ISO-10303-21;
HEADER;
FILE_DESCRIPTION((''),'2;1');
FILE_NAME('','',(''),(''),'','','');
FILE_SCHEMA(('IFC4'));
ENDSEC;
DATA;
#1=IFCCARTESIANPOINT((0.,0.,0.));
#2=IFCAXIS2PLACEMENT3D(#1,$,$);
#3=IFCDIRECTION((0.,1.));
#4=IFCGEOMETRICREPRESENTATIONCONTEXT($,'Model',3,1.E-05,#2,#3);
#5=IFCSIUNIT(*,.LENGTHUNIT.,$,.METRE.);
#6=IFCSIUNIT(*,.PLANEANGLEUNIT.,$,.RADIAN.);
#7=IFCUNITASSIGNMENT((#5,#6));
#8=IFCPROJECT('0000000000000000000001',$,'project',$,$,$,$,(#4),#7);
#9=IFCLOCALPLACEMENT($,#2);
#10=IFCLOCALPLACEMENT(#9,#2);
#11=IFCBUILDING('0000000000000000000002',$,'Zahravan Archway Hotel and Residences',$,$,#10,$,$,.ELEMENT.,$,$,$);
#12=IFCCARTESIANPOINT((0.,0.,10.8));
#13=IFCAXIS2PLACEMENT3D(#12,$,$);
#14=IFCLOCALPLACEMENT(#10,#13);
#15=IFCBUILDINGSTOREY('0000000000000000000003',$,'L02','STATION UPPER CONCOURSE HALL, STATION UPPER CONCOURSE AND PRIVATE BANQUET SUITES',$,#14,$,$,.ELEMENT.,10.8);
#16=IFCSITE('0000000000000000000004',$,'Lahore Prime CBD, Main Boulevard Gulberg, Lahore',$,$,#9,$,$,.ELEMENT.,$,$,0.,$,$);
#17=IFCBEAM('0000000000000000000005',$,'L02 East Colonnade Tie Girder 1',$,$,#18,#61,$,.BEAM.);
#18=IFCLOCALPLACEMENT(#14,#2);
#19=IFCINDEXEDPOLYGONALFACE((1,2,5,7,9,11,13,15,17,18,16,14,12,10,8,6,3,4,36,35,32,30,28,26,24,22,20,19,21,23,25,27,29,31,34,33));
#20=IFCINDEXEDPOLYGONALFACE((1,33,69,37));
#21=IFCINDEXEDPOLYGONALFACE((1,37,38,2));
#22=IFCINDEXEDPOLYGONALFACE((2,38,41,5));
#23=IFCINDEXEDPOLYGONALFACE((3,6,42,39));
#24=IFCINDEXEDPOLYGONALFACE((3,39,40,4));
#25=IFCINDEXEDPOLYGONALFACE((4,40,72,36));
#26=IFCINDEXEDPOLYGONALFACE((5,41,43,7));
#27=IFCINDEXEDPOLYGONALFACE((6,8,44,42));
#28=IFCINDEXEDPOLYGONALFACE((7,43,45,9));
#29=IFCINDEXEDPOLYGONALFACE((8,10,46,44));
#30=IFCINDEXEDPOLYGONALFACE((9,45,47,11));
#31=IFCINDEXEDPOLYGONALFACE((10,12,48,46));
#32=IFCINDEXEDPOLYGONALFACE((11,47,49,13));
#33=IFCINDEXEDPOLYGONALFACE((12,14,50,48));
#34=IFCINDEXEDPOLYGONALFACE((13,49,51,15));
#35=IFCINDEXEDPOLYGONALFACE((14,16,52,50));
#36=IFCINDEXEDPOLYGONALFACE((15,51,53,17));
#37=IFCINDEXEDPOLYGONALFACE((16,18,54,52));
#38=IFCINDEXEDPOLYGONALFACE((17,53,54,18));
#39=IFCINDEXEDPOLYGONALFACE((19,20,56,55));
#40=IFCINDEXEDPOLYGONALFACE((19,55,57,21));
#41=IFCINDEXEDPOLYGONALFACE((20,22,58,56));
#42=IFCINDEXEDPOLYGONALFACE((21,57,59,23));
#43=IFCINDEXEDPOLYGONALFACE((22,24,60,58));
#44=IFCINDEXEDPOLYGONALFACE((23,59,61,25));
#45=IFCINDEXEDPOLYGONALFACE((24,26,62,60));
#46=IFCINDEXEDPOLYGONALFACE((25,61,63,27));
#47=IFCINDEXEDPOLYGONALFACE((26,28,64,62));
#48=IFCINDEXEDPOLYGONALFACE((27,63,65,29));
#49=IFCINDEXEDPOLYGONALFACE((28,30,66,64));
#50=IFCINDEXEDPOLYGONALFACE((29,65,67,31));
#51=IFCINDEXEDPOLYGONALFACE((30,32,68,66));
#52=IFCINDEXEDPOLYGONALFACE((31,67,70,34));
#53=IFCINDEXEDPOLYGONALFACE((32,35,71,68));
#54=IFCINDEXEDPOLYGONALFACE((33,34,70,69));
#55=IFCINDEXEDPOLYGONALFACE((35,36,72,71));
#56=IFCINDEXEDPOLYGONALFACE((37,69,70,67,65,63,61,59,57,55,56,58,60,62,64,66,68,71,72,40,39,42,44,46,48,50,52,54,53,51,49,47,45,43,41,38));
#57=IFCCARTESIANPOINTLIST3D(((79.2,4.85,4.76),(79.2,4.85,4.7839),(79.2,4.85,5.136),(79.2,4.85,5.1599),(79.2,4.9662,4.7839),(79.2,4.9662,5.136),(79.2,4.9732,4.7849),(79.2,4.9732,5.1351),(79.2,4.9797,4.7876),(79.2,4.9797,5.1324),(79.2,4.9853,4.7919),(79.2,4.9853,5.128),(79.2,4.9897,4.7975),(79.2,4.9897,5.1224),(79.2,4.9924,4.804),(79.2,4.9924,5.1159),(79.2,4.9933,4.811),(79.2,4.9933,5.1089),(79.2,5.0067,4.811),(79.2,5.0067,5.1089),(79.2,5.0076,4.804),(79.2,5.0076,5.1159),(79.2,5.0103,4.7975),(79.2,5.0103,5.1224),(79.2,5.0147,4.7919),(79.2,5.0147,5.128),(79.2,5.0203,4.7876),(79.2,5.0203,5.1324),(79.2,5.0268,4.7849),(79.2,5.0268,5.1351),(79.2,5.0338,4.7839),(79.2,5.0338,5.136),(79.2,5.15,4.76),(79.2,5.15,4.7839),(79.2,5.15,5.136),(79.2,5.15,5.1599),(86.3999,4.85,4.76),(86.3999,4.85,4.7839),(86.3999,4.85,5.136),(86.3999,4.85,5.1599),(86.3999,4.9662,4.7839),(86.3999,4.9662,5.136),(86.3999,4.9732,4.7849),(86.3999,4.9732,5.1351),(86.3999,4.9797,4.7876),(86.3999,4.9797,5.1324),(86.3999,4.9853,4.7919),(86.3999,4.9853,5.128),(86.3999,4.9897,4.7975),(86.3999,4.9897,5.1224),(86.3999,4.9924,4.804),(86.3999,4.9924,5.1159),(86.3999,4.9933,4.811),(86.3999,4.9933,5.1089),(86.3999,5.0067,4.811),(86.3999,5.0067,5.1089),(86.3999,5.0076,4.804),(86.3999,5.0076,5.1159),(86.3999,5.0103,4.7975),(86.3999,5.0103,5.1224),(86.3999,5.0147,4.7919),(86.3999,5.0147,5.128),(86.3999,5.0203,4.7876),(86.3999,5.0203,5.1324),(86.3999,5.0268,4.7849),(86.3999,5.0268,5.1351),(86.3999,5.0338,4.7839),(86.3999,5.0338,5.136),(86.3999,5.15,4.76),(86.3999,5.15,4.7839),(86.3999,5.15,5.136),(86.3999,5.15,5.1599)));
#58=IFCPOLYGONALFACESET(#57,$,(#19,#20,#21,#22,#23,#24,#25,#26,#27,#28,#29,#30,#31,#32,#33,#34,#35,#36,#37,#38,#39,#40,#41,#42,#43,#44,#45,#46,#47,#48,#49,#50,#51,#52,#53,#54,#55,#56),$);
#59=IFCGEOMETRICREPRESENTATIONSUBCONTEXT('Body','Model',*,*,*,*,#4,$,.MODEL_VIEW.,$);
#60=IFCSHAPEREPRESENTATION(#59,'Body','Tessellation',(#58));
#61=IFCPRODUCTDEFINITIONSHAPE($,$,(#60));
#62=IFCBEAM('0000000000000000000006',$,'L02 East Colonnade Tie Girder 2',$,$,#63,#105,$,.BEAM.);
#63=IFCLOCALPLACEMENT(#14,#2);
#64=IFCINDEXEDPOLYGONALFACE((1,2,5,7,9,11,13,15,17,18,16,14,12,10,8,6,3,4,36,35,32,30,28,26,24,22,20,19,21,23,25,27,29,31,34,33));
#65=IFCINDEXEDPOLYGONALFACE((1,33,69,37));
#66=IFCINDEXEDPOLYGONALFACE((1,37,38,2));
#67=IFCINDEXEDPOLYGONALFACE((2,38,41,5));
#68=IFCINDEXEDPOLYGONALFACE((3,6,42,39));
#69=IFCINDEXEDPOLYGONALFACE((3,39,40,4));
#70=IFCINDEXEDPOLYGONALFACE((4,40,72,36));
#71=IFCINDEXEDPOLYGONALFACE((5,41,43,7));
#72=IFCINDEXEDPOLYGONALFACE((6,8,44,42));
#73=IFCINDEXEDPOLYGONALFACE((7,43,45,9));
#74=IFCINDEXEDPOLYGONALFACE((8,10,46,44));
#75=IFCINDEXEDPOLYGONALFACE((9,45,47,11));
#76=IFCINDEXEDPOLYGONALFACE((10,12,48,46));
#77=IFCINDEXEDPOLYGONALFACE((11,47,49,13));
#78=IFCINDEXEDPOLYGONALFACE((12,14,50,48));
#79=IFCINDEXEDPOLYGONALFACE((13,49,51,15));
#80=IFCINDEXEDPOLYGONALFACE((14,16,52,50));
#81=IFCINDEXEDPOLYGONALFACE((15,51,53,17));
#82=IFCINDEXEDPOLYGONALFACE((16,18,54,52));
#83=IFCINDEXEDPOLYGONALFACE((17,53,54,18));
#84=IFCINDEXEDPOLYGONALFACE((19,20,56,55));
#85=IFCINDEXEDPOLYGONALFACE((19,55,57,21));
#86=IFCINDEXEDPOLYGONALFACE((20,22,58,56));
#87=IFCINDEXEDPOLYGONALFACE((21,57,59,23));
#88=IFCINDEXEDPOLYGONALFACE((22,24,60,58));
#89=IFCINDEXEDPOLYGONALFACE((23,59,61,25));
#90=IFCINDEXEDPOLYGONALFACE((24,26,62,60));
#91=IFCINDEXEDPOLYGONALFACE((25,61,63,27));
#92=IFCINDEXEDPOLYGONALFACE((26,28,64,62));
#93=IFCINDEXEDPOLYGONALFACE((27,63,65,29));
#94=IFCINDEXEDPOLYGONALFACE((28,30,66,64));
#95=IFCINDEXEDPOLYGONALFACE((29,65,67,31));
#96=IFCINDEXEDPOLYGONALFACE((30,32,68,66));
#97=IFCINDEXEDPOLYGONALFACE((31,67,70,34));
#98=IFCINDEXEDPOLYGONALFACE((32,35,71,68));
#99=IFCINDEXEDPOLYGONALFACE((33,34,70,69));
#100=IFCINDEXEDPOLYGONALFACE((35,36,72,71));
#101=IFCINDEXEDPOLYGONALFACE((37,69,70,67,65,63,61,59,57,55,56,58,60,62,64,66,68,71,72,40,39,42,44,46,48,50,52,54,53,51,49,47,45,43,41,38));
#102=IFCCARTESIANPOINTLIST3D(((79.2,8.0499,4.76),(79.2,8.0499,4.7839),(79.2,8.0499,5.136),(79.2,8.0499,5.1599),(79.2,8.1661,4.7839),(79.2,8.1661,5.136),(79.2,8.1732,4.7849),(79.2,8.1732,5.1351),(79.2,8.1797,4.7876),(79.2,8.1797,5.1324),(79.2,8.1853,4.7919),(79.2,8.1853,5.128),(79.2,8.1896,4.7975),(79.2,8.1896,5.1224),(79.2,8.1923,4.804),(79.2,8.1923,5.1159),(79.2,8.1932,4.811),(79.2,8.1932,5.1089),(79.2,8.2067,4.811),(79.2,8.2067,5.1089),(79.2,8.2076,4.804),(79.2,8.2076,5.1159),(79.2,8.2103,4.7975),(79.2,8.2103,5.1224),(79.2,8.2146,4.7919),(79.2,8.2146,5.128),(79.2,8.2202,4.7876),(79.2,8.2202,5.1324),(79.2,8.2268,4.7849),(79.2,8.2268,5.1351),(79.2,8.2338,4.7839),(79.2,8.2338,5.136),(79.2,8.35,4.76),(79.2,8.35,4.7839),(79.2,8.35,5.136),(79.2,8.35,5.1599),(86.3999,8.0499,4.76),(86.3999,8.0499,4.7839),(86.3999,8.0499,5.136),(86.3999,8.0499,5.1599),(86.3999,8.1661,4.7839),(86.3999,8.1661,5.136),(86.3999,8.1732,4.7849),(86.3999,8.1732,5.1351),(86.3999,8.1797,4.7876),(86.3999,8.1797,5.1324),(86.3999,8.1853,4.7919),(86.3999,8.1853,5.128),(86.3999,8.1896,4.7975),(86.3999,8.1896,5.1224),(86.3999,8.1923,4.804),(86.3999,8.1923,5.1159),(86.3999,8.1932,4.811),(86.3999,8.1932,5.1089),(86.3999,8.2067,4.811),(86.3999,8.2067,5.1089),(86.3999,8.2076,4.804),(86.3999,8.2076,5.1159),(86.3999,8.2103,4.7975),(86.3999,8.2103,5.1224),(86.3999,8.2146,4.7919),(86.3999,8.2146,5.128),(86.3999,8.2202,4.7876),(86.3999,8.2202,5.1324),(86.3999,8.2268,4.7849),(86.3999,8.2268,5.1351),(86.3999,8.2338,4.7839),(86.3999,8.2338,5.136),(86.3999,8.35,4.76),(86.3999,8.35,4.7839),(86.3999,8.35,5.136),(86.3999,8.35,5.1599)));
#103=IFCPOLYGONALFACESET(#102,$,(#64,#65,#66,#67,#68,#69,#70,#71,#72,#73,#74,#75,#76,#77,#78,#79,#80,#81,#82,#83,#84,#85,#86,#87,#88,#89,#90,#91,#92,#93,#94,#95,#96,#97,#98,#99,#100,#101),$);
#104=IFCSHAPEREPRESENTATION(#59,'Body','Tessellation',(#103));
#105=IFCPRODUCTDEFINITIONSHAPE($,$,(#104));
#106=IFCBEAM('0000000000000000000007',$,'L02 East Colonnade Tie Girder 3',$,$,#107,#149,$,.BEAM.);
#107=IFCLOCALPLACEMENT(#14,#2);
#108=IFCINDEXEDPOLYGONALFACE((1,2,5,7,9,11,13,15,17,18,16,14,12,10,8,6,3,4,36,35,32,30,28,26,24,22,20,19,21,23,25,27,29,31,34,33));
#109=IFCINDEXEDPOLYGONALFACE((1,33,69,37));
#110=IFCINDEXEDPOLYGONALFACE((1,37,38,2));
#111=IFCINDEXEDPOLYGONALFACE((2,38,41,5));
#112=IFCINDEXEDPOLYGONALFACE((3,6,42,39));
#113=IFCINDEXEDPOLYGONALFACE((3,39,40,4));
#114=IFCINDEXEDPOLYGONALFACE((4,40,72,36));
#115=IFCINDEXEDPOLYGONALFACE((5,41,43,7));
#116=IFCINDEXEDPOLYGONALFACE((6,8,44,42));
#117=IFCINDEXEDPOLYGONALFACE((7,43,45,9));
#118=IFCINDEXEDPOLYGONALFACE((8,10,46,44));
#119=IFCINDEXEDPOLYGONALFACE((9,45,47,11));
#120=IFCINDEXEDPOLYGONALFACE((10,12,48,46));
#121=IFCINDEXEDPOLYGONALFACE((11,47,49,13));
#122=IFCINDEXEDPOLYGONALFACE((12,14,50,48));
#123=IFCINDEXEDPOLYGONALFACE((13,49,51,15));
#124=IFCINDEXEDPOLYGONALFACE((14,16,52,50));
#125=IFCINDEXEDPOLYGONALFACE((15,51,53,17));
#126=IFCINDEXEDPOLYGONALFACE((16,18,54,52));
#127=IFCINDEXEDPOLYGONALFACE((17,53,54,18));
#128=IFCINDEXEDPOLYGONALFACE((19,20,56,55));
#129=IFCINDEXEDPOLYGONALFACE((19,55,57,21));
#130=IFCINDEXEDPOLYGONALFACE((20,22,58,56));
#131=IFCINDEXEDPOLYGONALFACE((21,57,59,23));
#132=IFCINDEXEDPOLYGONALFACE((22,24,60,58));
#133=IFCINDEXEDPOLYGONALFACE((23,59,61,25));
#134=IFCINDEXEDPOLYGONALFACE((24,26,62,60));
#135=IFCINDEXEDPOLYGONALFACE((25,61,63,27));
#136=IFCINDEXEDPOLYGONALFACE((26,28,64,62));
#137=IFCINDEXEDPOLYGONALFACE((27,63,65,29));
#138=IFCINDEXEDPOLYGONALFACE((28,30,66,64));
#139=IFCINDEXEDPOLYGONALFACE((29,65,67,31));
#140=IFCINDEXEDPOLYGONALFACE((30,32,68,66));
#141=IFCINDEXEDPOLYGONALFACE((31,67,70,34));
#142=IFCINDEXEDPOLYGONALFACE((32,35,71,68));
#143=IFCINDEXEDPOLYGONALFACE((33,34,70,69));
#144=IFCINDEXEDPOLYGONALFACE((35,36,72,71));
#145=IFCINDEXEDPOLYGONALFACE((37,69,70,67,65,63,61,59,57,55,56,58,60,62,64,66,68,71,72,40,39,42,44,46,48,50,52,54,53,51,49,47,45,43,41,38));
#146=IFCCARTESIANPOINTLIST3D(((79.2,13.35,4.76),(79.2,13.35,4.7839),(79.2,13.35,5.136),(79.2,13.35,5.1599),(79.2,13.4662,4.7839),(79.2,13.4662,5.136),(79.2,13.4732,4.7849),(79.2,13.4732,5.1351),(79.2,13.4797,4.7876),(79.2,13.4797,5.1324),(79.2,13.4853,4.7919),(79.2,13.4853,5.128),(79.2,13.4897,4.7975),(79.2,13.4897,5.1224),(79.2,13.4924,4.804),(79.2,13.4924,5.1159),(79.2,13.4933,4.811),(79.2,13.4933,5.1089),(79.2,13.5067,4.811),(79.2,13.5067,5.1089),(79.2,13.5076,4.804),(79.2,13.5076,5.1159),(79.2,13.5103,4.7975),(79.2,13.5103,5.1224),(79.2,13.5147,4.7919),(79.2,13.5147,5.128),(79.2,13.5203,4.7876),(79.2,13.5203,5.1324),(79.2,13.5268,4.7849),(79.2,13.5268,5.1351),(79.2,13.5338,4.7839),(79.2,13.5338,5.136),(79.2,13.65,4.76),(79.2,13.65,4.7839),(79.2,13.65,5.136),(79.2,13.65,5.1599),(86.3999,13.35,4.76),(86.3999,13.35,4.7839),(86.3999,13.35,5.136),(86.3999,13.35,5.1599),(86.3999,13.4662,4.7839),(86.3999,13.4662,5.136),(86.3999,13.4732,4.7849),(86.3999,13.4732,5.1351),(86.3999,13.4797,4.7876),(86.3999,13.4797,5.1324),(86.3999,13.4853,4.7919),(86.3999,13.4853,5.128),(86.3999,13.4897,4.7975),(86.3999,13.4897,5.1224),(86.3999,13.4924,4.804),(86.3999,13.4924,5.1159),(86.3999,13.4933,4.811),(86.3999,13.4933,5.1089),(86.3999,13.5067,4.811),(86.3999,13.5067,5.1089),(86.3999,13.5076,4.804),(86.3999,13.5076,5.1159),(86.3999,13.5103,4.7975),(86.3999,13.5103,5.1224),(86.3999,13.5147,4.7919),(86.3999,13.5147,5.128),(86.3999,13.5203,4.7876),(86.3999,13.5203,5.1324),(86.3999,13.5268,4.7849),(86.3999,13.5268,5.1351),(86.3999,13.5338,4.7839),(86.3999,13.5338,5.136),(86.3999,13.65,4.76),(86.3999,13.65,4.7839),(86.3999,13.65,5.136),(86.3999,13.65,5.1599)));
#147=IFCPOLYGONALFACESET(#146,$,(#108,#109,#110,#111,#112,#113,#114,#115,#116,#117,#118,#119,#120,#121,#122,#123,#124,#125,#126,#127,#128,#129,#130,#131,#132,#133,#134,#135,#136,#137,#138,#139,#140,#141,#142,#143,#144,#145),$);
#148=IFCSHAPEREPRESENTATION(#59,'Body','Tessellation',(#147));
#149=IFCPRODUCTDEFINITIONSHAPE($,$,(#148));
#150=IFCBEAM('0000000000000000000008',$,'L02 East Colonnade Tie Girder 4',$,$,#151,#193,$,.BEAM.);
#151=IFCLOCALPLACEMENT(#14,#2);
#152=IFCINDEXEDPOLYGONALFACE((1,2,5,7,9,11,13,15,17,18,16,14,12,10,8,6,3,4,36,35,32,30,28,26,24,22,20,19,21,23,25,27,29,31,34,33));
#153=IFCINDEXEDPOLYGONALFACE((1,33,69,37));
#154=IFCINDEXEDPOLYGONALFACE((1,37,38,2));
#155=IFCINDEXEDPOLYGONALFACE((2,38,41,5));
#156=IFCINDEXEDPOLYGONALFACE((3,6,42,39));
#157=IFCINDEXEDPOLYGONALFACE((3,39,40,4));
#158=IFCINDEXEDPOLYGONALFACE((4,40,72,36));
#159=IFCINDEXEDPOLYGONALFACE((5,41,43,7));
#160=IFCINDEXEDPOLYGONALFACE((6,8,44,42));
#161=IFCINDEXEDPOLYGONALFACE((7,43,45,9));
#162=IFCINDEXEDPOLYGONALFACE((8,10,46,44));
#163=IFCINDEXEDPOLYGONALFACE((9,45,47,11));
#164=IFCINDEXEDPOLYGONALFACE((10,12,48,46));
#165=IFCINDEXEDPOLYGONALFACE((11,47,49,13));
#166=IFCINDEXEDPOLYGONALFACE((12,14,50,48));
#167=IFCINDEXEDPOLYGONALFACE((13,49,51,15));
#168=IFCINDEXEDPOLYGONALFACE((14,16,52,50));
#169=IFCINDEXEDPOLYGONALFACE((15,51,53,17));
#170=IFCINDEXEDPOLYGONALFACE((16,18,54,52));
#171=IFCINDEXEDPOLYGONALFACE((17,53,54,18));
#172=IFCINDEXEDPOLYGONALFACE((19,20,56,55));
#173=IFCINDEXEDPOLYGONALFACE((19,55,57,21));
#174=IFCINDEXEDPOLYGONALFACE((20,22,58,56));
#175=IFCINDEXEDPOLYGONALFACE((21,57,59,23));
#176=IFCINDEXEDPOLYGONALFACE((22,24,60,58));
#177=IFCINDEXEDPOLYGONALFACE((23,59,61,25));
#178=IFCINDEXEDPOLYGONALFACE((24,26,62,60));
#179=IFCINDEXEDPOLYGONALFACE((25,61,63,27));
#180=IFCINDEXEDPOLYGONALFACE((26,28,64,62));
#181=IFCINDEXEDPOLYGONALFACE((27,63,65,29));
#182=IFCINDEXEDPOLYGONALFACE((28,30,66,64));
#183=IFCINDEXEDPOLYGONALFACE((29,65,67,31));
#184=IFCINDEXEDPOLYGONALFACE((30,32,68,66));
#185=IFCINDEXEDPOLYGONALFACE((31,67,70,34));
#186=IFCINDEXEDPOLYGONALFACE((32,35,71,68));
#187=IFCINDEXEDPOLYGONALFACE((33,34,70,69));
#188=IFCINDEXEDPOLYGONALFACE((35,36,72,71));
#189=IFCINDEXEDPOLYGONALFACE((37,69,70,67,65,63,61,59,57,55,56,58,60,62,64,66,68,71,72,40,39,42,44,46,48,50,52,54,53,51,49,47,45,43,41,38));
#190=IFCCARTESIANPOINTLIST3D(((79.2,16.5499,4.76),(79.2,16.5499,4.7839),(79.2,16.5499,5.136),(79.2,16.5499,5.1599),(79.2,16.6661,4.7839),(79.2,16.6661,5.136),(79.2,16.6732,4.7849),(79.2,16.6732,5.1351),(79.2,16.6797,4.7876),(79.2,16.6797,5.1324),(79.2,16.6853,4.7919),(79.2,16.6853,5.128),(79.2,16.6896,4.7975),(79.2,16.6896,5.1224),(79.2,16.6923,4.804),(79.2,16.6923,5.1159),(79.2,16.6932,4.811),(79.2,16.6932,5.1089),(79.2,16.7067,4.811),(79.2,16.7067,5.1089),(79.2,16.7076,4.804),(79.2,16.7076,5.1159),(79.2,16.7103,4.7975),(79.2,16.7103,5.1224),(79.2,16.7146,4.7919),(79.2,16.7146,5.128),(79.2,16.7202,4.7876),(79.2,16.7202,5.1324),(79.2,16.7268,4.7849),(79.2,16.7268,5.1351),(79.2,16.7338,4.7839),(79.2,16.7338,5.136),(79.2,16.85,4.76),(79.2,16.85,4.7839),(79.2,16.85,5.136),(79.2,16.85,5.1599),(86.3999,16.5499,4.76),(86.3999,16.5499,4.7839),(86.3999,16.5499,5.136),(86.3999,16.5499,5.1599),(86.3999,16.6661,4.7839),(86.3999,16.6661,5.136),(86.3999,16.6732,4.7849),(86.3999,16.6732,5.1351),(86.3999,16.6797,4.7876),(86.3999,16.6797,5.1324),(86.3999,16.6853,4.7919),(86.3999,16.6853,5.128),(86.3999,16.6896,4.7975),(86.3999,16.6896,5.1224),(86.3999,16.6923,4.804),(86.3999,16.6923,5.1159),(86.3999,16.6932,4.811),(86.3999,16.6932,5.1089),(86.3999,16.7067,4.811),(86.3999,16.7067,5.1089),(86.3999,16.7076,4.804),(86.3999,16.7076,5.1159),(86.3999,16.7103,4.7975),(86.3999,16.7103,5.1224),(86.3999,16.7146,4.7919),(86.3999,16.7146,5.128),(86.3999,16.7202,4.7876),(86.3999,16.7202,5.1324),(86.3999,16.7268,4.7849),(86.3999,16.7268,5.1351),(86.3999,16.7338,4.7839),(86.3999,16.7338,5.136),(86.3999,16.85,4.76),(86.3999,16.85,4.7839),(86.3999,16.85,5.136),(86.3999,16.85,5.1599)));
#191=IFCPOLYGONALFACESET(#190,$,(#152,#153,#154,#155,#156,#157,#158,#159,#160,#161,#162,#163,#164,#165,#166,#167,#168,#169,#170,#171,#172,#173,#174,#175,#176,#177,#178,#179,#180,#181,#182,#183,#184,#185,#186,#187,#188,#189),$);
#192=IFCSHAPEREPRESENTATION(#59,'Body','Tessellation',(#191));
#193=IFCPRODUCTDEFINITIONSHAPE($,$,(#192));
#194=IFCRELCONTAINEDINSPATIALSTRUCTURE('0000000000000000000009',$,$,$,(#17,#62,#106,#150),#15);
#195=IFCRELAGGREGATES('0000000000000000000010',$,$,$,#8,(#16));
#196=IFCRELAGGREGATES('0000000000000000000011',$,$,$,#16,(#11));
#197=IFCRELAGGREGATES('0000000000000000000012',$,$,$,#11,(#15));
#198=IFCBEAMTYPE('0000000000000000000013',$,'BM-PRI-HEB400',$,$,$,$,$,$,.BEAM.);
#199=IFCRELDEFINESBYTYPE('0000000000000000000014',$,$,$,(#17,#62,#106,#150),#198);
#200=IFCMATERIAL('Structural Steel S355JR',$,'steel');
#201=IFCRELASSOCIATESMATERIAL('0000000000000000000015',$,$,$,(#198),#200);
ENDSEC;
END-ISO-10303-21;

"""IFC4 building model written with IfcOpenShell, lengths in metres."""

from ifc_helpers import new_model, si_unit, direction, frame, origin, origin_2d, place, context, subcontext, project, spatial, i_section, extrude, source, transform, mapped, material, material_profile, profile_set, type_object, type_shapes, element, save


model = new_model("IFC4")

# Units and contexts
model_context = context("Model", 3, precision=1e-05, world=origin(), true_north=direction((0.0, 1.0)))
body_context = subcontext(model_context, "Body", "Model", "MODEL_VIEW")
ifc_project = project(units=[si_unit("LENGTHUNIT", "METRE"), si_unit("PLANEANGLEUNIT", "RADIAN")], contexts=[model_context])

# Site, building, storey
site_placement = place(None, origin())
site = spatial("IfcSite", under=ifc_project, at=site_placement, Name="Lahore Prime CBD, Main Boulevard Gulberg, Lahore", CompositionType="ELEMENT", RefElevation=0.0)
building_placement = place(site_placement, origin())
building = spatial("IfcBuilding", under=site, at=building_placement, Name="Zahravan Archway Hotel and Residences", CompositionType="ELEMENT")
storey_placement = place(building_placement, frame((0.0, 0.0, 10.8)))
storey = spatial("IfcBuildingStorey", under=building, at=storey_placement, Name="L02", Description="STATION UPPER CONCOURSE HALL, STATION UPPER CONCOURSE AND PRIVATE BANQUET SUITES", CompositionType="ELEMENT", Elevation=10.8)

# Beams
ifc_material_1 = material(Name="Structural Steel S355JR", Category="steel")
ifc_material_profile_1 = material_profile(ifc_material_1, i_section(OverallWidth=0.3, OverallDepth=0.3999, WebThickness=0.0134, FlangeThickness=0.0239, FilletRadius=0.0271, at=origin_2d()), Name="HEB 400", Category="steel")
ifc_profile_set_1 = profile_set([ifc_material_profile_1], Name="Structural Steel S355JR")
beam_type_1 = type_object("IfcBeamType", Name="BM-PRI-HEB400", PredefinedType="BEAM", material=ifc_profile_set_1)
shared_shape_1 = source(origin(), body_context, "Body", "SweptSolid", [
    extrude(i_section(OverallWidth=0.3, OverallDepth=0.3999, WebThickness=0.0134, FlangeThickness=0.0239, FilletRadius=0.0271, at=origin_2d()), origin(), (0.0, 0.0, 1.0), 7.2),
])
type_shapes(beam_type_1, [shared_shape_1])
for number, where, z_axis, x_axis, name in (
    (1, (79.2, 5.0, 4.96), (1.0, 0.0, 0.0), (0.0, 1.0, 0.0), "L02 East Colonnade Tie Girder 1"),
    (2, (79.2, 8.2, 4.96), (1.0, 0.0, 0.0), (0.0, 1.0, 0.0), "L02 East Colonnade Tie Girder 2"),
    (3, (79.2, 13.5, 4.96), (1.0, 0.0, 0.0), (0.0, 1.0, 0.0), "L02 East Colonnade Tie Girder 3"),
    (4, (79.2, 16.7, 4.96), (1.0, 0.0, 0.0), (0.0, 1.0, 0.0), "L02 East Colonnade Tie Girder 4"),
):
    element("IfcBeam", number, at=place(storey_placement, frame(where, z_axis=z_axis, x_axis=x_axis)), inside=storey, type_object=beam_type_1, Name=name, PredefinedType="BEAM", context=body_context, shape_type="MappedRepresentation", body=[
        mapped(shared_shape_1, transform((0.0, 0.0, 0.0), scale=1.0)),
    ])

save(model, "model.ifc")
